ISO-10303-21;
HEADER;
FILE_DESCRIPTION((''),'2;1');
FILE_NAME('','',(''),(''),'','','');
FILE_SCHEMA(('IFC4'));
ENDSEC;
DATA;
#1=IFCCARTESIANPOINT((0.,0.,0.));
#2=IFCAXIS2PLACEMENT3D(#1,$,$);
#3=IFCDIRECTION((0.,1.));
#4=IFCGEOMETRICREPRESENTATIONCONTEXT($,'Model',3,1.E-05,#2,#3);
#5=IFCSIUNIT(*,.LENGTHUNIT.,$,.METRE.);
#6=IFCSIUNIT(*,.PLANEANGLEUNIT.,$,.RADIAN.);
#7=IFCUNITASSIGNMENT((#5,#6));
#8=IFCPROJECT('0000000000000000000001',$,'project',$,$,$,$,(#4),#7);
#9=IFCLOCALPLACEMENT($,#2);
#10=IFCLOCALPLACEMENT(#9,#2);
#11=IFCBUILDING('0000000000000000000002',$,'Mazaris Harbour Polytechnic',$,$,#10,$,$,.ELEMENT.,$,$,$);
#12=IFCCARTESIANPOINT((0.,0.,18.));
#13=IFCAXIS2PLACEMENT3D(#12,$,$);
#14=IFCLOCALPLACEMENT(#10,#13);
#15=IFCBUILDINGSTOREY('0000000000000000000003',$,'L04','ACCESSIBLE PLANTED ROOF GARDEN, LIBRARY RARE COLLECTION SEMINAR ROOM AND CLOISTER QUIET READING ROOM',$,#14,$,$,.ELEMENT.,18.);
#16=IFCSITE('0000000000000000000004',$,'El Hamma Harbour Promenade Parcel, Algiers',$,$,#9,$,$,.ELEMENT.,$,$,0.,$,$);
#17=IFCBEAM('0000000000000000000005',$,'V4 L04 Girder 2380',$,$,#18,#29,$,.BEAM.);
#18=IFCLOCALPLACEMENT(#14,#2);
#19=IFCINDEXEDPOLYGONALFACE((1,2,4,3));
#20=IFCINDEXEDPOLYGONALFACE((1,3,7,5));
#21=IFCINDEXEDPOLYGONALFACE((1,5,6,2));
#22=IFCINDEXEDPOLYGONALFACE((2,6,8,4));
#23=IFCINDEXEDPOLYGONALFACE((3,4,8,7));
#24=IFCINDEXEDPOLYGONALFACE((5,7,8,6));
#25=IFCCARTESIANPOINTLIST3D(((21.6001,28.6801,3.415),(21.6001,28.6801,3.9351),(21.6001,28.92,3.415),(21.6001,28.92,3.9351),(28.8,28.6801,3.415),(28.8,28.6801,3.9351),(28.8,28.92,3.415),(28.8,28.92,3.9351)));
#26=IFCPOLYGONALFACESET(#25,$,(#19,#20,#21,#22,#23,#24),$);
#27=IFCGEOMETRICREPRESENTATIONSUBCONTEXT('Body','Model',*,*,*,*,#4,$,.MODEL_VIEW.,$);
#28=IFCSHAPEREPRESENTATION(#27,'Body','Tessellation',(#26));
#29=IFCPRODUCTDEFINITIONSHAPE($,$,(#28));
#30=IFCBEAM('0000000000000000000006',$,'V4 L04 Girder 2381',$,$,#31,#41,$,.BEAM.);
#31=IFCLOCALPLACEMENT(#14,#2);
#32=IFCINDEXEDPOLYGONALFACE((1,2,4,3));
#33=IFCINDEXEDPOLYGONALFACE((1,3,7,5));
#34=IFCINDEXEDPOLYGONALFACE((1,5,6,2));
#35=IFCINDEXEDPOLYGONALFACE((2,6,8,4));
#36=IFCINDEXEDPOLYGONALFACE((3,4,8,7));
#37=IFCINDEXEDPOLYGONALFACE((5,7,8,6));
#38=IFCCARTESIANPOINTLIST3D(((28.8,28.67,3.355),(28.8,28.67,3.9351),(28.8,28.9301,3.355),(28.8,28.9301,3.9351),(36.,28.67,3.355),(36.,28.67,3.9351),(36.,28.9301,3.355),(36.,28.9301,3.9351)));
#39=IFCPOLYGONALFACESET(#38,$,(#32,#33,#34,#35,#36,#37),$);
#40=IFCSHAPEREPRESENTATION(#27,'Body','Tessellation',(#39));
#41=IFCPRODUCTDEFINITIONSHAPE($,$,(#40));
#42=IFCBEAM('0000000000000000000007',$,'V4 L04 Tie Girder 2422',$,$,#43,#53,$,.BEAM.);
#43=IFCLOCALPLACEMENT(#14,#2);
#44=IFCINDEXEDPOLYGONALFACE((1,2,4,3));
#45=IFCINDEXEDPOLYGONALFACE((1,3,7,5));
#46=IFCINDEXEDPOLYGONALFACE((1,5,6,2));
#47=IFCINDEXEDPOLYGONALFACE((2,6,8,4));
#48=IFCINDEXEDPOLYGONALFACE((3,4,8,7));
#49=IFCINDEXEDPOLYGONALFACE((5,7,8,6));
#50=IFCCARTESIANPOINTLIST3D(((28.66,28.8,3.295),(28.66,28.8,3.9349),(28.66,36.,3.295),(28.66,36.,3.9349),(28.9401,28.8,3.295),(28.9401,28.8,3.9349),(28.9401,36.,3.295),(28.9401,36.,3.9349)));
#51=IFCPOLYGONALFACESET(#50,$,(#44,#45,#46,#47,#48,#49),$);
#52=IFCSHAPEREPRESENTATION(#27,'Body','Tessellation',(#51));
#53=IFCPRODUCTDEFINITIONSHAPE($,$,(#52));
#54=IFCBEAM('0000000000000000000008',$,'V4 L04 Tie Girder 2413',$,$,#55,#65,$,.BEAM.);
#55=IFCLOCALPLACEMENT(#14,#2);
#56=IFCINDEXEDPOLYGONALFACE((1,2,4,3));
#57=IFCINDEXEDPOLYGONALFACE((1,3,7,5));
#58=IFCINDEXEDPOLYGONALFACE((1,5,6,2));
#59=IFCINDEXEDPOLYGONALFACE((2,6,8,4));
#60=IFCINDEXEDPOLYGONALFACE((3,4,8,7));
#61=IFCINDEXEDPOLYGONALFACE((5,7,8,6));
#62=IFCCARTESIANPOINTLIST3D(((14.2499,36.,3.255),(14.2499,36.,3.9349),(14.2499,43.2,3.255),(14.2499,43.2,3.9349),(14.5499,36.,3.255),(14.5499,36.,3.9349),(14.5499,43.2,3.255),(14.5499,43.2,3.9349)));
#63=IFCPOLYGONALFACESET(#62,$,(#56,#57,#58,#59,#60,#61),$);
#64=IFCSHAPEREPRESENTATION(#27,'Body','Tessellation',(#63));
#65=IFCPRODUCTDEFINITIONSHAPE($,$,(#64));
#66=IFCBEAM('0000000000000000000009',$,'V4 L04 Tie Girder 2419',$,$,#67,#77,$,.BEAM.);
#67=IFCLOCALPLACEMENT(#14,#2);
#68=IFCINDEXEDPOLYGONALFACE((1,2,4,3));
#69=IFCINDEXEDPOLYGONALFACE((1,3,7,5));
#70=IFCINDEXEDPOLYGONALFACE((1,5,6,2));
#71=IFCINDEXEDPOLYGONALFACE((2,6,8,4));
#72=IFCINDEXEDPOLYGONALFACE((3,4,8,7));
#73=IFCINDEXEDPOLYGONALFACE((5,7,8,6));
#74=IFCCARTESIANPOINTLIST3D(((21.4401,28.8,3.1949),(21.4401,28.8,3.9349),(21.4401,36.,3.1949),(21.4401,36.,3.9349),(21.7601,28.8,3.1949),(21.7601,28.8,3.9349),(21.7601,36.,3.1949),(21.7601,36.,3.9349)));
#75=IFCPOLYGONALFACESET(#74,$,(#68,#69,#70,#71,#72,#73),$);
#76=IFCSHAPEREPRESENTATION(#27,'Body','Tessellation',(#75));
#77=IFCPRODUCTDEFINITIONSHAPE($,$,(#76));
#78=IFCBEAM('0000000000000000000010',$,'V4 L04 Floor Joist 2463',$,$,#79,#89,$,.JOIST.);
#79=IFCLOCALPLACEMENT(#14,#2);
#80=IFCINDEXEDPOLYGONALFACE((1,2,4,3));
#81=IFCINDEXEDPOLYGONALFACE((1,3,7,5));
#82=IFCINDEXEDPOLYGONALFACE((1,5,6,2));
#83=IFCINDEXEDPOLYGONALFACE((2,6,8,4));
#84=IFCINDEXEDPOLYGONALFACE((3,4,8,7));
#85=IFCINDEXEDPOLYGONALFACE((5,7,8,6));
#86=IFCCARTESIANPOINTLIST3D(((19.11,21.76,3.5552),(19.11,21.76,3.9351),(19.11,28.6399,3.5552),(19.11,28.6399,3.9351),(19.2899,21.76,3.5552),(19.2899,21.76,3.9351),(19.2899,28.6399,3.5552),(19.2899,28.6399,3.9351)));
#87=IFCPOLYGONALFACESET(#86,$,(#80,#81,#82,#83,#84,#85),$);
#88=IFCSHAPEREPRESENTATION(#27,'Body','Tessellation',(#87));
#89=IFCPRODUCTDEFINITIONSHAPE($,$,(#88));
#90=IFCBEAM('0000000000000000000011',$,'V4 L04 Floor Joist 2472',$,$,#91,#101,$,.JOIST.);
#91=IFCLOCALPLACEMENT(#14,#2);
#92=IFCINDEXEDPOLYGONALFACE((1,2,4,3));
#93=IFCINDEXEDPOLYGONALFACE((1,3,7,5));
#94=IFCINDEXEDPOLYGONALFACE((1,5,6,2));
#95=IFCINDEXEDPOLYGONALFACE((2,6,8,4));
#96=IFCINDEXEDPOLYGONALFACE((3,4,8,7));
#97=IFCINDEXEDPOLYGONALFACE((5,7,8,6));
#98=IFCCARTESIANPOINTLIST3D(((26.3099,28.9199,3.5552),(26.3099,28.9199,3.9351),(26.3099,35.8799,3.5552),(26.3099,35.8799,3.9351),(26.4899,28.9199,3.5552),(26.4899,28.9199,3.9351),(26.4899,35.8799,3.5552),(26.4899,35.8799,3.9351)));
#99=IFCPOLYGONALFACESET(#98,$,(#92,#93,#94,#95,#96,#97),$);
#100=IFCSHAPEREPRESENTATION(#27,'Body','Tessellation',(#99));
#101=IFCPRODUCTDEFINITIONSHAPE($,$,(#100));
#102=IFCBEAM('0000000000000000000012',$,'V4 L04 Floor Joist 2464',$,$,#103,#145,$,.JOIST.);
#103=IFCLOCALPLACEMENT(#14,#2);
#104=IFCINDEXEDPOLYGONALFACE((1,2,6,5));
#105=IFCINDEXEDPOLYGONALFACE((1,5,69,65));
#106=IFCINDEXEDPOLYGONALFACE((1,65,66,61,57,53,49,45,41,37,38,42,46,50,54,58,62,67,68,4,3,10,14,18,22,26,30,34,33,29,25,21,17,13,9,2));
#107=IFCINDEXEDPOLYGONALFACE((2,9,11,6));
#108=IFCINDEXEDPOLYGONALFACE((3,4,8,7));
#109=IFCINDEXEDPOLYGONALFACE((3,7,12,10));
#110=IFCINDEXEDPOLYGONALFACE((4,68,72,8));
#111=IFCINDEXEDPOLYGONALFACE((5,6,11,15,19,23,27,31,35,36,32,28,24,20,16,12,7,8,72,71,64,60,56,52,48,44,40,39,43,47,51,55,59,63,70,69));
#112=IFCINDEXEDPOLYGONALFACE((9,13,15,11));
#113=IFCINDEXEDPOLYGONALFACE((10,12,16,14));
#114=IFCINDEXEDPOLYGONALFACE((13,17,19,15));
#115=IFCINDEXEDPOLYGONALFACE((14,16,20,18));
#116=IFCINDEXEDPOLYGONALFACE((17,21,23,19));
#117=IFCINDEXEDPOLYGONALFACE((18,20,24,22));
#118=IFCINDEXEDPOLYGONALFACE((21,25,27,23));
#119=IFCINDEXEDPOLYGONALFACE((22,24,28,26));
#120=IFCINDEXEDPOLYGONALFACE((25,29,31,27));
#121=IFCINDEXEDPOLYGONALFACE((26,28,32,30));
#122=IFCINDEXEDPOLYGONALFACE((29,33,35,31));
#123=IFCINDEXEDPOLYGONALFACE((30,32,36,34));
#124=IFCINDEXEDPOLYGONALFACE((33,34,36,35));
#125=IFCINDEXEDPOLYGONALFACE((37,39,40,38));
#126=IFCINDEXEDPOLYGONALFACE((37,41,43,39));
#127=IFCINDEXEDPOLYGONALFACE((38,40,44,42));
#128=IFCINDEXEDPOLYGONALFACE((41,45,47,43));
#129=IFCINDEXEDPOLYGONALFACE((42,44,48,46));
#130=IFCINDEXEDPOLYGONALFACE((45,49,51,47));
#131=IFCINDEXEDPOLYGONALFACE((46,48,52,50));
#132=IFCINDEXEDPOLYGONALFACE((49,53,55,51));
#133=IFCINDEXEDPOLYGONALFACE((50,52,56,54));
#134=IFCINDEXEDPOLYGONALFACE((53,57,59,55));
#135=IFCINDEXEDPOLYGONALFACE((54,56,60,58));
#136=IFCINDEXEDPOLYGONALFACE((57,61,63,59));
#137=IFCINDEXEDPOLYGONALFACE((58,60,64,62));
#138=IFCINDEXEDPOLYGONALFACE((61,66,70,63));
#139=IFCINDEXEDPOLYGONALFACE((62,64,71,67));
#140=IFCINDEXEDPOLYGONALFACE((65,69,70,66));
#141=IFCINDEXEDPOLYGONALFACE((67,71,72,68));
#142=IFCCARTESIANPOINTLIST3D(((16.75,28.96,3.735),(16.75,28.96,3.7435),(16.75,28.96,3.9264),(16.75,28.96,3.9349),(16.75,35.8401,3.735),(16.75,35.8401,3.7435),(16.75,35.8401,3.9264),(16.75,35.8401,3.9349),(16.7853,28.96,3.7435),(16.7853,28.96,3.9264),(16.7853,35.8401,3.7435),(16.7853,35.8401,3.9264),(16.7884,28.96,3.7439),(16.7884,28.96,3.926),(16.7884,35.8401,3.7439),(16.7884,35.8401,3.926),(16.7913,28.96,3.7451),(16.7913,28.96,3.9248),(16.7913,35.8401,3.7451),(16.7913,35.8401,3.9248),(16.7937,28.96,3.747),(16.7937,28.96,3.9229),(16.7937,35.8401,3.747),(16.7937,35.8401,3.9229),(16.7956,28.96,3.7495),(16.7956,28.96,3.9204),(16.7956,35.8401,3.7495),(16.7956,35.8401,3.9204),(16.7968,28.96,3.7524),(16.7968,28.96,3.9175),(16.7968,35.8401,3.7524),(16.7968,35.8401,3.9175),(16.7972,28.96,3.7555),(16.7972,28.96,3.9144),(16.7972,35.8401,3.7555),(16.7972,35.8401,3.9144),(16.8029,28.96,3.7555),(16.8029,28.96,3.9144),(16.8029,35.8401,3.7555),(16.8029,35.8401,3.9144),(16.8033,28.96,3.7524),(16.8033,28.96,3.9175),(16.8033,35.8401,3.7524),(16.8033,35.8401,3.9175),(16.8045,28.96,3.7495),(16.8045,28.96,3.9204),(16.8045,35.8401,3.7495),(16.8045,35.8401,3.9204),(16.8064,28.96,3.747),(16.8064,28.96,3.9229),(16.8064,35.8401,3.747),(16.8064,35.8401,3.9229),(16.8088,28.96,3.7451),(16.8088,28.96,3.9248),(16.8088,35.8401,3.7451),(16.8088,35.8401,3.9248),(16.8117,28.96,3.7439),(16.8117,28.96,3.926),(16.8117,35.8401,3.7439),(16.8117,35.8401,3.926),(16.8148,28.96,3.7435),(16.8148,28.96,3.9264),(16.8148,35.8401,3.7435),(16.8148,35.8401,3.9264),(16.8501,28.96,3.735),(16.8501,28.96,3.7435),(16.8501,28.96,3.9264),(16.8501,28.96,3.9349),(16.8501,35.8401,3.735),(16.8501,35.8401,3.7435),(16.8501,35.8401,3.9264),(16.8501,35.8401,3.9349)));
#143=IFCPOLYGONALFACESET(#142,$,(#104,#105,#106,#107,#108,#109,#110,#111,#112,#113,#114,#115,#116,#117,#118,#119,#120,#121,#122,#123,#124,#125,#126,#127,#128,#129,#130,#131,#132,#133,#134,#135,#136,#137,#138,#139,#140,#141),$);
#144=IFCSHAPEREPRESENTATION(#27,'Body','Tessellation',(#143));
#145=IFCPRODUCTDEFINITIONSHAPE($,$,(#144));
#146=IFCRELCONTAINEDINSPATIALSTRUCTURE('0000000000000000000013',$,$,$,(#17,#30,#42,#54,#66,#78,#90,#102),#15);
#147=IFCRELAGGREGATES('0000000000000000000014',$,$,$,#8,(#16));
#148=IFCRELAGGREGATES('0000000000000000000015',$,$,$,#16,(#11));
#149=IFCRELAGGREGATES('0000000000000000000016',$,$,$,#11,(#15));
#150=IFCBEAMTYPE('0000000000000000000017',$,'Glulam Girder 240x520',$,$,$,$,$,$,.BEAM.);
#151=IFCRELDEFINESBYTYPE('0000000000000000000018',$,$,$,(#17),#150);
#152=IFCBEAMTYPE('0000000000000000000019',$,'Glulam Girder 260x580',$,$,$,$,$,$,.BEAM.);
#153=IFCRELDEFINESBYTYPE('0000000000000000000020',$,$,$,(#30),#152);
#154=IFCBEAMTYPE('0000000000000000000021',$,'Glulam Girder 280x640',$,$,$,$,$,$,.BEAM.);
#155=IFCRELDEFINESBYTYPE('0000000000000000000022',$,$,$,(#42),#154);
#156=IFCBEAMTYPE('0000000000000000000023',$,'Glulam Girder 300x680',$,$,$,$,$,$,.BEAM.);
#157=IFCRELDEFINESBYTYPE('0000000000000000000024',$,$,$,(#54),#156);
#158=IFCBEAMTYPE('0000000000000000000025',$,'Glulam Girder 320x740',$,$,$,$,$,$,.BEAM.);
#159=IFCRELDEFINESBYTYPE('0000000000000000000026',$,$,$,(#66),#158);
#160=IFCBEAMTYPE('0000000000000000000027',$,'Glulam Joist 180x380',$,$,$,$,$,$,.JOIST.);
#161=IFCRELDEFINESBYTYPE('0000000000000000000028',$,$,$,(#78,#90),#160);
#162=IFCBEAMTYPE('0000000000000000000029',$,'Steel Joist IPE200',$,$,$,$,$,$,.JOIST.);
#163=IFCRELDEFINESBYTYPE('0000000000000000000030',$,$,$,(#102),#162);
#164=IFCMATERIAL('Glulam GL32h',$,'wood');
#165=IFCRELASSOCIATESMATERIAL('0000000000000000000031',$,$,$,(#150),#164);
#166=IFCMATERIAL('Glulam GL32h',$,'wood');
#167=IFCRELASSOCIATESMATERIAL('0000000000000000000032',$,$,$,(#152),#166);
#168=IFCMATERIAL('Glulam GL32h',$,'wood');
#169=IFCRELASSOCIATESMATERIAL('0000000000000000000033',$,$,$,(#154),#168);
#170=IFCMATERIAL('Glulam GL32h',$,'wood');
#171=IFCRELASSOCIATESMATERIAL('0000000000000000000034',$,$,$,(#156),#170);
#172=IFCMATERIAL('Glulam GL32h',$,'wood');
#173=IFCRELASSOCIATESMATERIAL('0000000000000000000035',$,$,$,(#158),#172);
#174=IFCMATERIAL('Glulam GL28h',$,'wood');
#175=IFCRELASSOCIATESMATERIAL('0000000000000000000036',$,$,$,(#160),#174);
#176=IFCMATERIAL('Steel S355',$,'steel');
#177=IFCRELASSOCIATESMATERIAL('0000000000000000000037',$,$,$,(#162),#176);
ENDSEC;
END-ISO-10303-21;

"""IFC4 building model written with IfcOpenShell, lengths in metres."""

from ifc_helpers import new_model, si_unit, direction, frame, origin, origin_2d, place, context, subcontext, project, spatial, rectangle, i_section, extrude, material, material_profile, profile_set, type_object, element, save


model = new_model("IFC4")

# Units and contexts
model_context = context("Model", 3, precision=1e-05, world=origin(), true_north=direction((0.0, 1.0)))
body_context = subcontext(model_context, "Body", "Model", "MODEL_VIEW")
ifc_project = project(units=[si_unit("LENGTHUNIT", "METRE"), si_unit("PLANEANGLEUNIT", "RADIAN")], contexts=[model_context])

# Site, building, storey
site_placement = place(None, origin())
site = spatial("IfcSite", under=ifc_project, at=site_placement, Name="El Hamma Harbour Promenade Parcel, Algiers", CompositionType="ELEMENT", RefElevation=0.0)
building_placement = place(site_placement, origin())
building = spatial("IfcBuilding", under=site, at=building_placement, Name="Mazaris Harbour Polytechnic", CompositionType="ELEMENT")
storey_placement = place(building_placement, frame((0.0, 0.0, 18.0)))
storey = spatial("IfcBuildingStorey", under=building, at=storey_placement, Name="L04", Description="ACCESSIBLE PLANTED ROOF GARDEN, LIBRARY RARE COLLECTION SEMINAR ROOM AND CLOISTER QUIET READING ROOM", CompositionType="ELEMENT", Elevation=18.0)

# Beams
ifc_material_1 = material(Name="Glulam GL32h", Category="wood")
ifc_material_profile_1 = material_profile(ifc_material_1, rectangle(XDim=0.24, YDim=0.52, at=origin_2d()), Name="RECT240x520")
ifc_profile_set_1 = profile_set([ifc_material_profile_1], Name="Glulam GL32h")
beam_type_1 = type_object("IfcBeamType", Name="Glulam Girder 240x520", PredefinedType="BEAM", material=ifc_profile_set_1)
beam_1_placement = place(storey_placement, frame((21.6001, 28.8, 3.675), z_axis=(1.0, 0.0, 0.0), x_axis=(0.0, 1.0, 0.0)))
element("IfcBeam", 1, at=beam_1_placement, inside=storey, type_object=beam_type_1, Name="V4 L04 Girder 2380", PredefinedType="BEAM", context=body_context, shape_type="SweptSolid", body=[
    extrude(rectangle(XDim=0.24, YDim=0.52, at=origin_2d()), origin(), (0.0, 0.0, 1.0), 7.2),
])
ifc_material_2 = material(Name="Glulam GL32h", Category="wood")
ifc_material_profile_2 = material_profile(ifc_material_2, rectangle(XDim=0.26, YDim=0.5801, at=origin_2d()), Name="RECT260x580")
ifc_profile_set_2 = profile_set([ifc_material_profile_2], Name="Glulam GL32h")
beam_type_2 = type_object("IfcBeamType", Name="Glulam Girder 260x580", PredefinedType="BEAM", material=ifc_profile_set_2)
beam_2_placement = place(storey_placement, frame((28.8, 28.8, 3.645), z_axis=(1.0, 0.0, 0.0), x_axis=(0.0, 1.0, 0.0)))
element("IfcBeam", 2, at=beam_2_placement, inside=storey, type_object=beam_type_2, Name="V4 L04 Girder 2381", PredefinedType="BEAM", context=body_context, shape_type="SweptSolid", body=[
    extrude(rectangle(XDim=0.26, YDim=0.5801, at=origin_2d()), origin(), (0.0, 0.0, 1.0), 7.2),
])
ifc_material_3 = material(Name="Glulam GL32h", Category="wood")
ifc_material_profile_3 = material_profile(ifc_material_3, rectangle(XDim=0.28, YDim=0.6399, at=origin_2d()), Name="RECT280x640")
ifc_profile_set_3 = profile_set([ifc_material_profile_3], Name="Glulam GL32h")
beam_type_3 = type_object("IfcBeamType", Name="Glulam Girder 280x640", PredefinedType="BEAM", material=ifc_profile_set_3)
beam_3_placement = place(storey_placement, frame((28.8, 28.8, 3.615), z_axis=(0.0, 1.0, 0.0), x_axis=(-1.0, 0.0, 0.0)))
element("IfcBeam", 3, at=beam_3_placement, inside=storey, type_object=beam_type_3, Name="V4 L04 Tie Girder 2422", PredefinedType="BEAM", context=body_context, shape_type="SweptSolid", body=[
    extrude(rectangle(XDim=0.28, YDim=0.6399, at=origin_2d()), origin(), (0.0, 0.0, 1.0), 7.2),
])
ifc_material_4 = material(Name="Glulam GL32h", Category="wood")
ifc_material_profile_4 = material_profile(ifc_material_4, rectangle(XDim=0.3, YDim=0.6799, at=origin_2d()), Name="RECT300x680")
ifc_profile_set_4 = profile_set([ifc_material_profile_4], Name="Glulam GL32h")
beam_type_4 = type_object("IfcBeamType", Name="Glulam Girder 300x680", PredefinedType="BEAM", material=ifc_profile_set_4)
beam_4_placement = place(storey_placement, frame((14.3999, 36.0, 3.595), z_axis=(0.0, 1.0, 0.0), x_axis=(-1.0, 0.0, 0.0)))
element("IfcBeam", 4, at=beam_4_placement, inside=storey, type_object=beam_type_4, Name="V4 L04 Tie Girder 2413", PredefinedType="BEAM", context=body_context, shape_type="SweptSolid", body=[
    extrude(rectangle(XDim=0.3, YDim=0.6799, at=origin_2d()), origin(), (0.0, 0.0, 1.0), 7.2),
])
ifc_material_5 = material(Name="Glulam GL32h", Category="wood")
ifc_material_profile_5 = material_profile(ifc_material_5, rectangle(XDim=0.3201, YDim=0.74, at=origin_2d()), Name="RECT320x740")
ifc_profile_set_5 = profile_set([ifc_material_profile_5], Name="Glulam GL32h")
beam_type_5 = type_object("IfcBeamType", Name="Glulam Girder 320x740", PredefinedType="BEAM", material=ifc_profile_set_5)
beam_5_placement = place(storey_placement, frame((21.6001, 28.8, 3.5649), z_axis=(0.0, 1.0, 0.0), x_axis=(-1.0, 0.0, 0.0)))
element("IfcBeam", 5, at=beam_5_placement, inside=storey, type_object=beam_type_5, Name="V4 L04 Tie Girder 2419", PredefinedType="BEAM", context=body_context, shape_type="SweptSolid", body=[
    extrude(rectangle(XDim=0.3201, YDim=0.74, at=origin_2d()), origin(), (0.0, 0.0, 1.0), 7.2),
])
ifc_material_6 = material(Name="Glulam GL28h", Category="wood")
ifc_material_profile_6 = material_profile(ifc_material_6, rectangle(XDim=0.1799, YDim=0.3799, at=origin_2d()), Name="RECT180x380")
ifc_profile_set_6 = profile_set([ifc_material_profile_6], Name="Glulam GL28h")
beam_type_6 = type_object("IfcBeamType", Name="Glulam Joist 180x380", PredefinedType="JOIST", material=ifc_profile_set_6)
beam_6_placement = place(storey_placement, frame((19.2, 21.76, 3.7451), z_axis=(0.0, 1.0, 0.0), x_axis=(-1.0, 0.0, 0.0)))
element("IfcBeam", 6, at=beam_6_placement, inside=storey, type_object=beam_type_6, Name="V4 L04 Floor Joist 2463", PredefinedType="JOIST", context=body_context, shape_type="SweptSolid", body=[
    extrude(rectangle(XDim=0.1799, YDim=0.3799, at=origin_2d()), origin(), (0.0, 0.0, 1.0), 6.8799),
])
beam_7_placement = place(storey_placement, frame((26.3999, 28.9199, 3.7451), z_axis=(0.0, 1.0, 0.0), x_axis=(-1.0, 0.0, 0.0)))
element("IfcBeam", 7, at=beam_7_placement, inside=storey, type_object=beam_type_6, Name="V4 L04 Floor Joist 2472", PredefinedType="JOIST", context=body_context, shape_type="SweptSolid", body=[
    extrude(rectangle(XDim=0.1799, YDim=0.3799, at=origin_2d()), origin(), (0.0, 0.0, 1.0), 6.96),
])
ifc_material_7 = material(Name="Steel S355", Category="steel")
ifc_material_profile_7 = material_profile(ifc_material_7, i_section(OverallWidth=0.1001, OverallDepth=0.2, WebThickness=0.0056, FlangeThickness=0.0085, FilletRadius=0.012, at=origin_2d()), Name="IPE 200")
ifc_profile_set_7 = profile_set([ifc_material_profile_7], Name="Steel S355")
beam_type_7 = type_object("IfcBeamType", Name="Steel Joist IPE200", PredefinedType="JOIST", material=ifc_profile_set_7)
beam_8_placement = place(storey_placement, frame((16.8, 28.96, 3.835), z_axis=(0.0, 1.0, 0.0), x_axis=(-1.0, 0.0, 0.0)))
element("IfcBeam", 8, at=beam_8_placement, inside=storey, type_object=beam_type_7, Name="V4 L04 Floor Joist 2464", PredefinedType="JOIST", context=body_context, shape_type="SweptSolid", body=[
    extrude(i_section(OverallWidth=0.1001, OverallDepth=0.2, WebThickness=0.0056, FlangeThickness=0.0085, FilletRadius=0.012, at=origin_2d()), origin(), (0.0, 0.0, 1.0), 6.8801),
])

save(model, "model.ifc")
